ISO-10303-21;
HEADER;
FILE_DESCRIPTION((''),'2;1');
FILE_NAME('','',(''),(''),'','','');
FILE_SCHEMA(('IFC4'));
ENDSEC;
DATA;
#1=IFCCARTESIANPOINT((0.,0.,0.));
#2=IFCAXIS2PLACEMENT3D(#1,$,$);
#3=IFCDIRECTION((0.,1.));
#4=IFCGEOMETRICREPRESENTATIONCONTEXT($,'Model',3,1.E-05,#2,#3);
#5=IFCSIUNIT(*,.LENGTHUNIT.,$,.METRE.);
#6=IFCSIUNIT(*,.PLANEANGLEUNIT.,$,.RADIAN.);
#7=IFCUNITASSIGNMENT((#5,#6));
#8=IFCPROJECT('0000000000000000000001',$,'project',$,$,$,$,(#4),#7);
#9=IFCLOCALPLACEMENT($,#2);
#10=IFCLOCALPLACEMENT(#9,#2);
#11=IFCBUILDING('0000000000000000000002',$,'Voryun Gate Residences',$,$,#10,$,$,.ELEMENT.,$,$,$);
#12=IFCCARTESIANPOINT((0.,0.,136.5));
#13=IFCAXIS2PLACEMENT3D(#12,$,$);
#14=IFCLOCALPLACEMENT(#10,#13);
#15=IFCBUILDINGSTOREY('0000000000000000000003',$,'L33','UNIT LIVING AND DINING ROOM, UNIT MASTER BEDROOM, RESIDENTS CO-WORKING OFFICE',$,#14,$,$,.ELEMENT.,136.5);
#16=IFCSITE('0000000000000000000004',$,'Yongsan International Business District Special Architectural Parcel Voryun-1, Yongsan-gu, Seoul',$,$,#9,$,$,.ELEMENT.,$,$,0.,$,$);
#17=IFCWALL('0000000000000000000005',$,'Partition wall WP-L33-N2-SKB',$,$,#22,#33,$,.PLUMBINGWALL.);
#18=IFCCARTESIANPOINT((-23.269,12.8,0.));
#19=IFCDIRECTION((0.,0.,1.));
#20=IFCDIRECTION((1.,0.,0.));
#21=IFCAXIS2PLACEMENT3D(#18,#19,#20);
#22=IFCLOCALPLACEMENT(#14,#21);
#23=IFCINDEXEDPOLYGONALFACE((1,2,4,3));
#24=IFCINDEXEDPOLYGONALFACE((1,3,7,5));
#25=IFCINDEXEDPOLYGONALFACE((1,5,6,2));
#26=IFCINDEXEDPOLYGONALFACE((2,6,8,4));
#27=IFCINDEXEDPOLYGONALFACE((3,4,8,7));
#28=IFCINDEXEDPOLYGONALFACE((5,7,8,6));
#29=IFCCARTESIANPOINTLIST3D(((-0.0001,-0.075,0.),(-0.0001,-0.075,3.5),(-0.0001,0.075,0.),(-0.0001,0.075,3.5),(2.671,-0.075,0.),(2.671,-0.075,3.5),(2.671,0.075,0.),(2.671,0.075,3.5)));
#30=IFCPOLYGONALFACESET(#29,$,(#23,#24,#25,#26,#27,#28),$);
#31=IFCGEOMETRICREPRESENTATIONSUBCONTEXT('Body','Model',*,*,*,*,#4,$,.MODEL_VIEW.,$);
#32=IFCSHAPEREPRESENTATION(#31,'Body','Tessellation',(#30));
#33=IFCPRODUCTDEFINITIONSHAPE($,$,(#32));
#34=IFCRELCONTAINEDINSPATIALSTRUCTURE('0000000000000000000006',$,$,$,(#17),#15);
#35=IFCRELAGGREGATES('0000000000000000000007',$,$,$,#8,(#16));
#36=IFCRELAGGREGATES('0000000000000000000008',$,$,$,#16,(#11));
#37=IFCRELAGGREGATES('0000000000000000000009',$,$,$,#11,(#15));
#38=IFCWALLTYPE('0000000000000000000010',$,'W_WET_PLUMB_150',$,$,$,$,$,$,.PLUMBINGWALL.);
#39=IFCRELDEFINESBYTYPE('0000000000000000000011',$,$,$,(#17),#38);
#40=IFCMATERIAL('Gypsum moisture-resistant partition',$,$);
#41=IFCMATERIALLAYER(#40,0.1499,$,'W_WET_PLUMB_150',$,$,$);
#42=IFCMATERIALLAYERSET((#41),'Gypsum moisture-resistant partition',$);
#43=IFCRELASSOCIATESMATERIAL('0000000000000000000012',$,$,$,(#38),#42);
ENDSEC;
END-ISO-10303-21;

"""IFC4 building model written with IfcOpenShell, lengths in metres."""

from ifc_helpers import new_model, si_unit, direction, frame, frame_2d, origin, place, context, subcontext, project, spatial, rectangle, extrude, material, layer, layer_set, type_object, element, save


model = new_model("IFC4")

# Units and contexts
model_context = context("Model", 3, precision=1e-05, world=origin(), true_north=direction((0.0, 1.0)))
body_context = subcontext(model_context, "Body", "Model", "MODEL_VIEW")
ifc_project = project(units=[si_unit("LENGTHUNIT", "METRE"), si_unit("PLANEANGLEUNIT", "RADIAN")], contexts=[model_context])

# Site, building, storey
site_placement = place(None, origin())
site = spatial("IfcSite", under=ifc_project, at=site_placement, Name="Yongsan International Business District Special Architectural Parcel Voryun-1, Yongsan-gu, Seoul", CompositionType="ELEMENT", RefElevation=0.0)
building_placement = place(site_placement, origin())
building = spatial("IfcBuilding", under=site, at=building_placement, Name="Voryun Gate Residences", CompositionType="ELEMENT")
storey_placement = place(building_placement, frame((0.0, 0.0, 136.5)))
storey = spatial("IfcBuildingStorey", under=building, at=storey_placement, Name="L33", Description="UNIT LIVING AND DINING ROOM, UNIT MASTER BEDROOM, RESIDENTS CO-WORKING OFFICE", CompositionType="ELEMENT", Elevation=136.5)

# Wall
ifc_material_1 = material(Name="Gypsum moisture-resistant partition")
ifc_layer_1 = layer(ifc_material_1, 0.1499, Name="W_WET_PLUMB_150")
ifc_layer_set_1 = layer_set([ifc_layer_1], Name="Gypsum moisture-resistant partition")
wall_type = type_object("IfcWallType", Name="W_WET_PLUMB_150", PredefinedType="PLUMBINGWALL", material=ifc_layer_set_1)
wall_1_placement = place(storey_placement, frame((-23.269, 12.8, 0.0), z_axis=(0.0, 0.0, 1.0), x_axis=(1.0, 0.0, 0.0)))
element("IfcWall", 1, at=wall_1_placement, inside=storey, type_object=wall_type, Name="Partition wall WP-L33-N2-SKB", PredefinedType="PLUMBINGWALL", context=body_context, shape_type="SweptSolid", body=[
    extrude(rectangle(XDim=2.6711, YDim=0.1499, at=frame_2d((1.3354, 0.0))), origin(), (0.0, 0.0, 1.0), 3.5),
])

save(model, "model.ifc")
